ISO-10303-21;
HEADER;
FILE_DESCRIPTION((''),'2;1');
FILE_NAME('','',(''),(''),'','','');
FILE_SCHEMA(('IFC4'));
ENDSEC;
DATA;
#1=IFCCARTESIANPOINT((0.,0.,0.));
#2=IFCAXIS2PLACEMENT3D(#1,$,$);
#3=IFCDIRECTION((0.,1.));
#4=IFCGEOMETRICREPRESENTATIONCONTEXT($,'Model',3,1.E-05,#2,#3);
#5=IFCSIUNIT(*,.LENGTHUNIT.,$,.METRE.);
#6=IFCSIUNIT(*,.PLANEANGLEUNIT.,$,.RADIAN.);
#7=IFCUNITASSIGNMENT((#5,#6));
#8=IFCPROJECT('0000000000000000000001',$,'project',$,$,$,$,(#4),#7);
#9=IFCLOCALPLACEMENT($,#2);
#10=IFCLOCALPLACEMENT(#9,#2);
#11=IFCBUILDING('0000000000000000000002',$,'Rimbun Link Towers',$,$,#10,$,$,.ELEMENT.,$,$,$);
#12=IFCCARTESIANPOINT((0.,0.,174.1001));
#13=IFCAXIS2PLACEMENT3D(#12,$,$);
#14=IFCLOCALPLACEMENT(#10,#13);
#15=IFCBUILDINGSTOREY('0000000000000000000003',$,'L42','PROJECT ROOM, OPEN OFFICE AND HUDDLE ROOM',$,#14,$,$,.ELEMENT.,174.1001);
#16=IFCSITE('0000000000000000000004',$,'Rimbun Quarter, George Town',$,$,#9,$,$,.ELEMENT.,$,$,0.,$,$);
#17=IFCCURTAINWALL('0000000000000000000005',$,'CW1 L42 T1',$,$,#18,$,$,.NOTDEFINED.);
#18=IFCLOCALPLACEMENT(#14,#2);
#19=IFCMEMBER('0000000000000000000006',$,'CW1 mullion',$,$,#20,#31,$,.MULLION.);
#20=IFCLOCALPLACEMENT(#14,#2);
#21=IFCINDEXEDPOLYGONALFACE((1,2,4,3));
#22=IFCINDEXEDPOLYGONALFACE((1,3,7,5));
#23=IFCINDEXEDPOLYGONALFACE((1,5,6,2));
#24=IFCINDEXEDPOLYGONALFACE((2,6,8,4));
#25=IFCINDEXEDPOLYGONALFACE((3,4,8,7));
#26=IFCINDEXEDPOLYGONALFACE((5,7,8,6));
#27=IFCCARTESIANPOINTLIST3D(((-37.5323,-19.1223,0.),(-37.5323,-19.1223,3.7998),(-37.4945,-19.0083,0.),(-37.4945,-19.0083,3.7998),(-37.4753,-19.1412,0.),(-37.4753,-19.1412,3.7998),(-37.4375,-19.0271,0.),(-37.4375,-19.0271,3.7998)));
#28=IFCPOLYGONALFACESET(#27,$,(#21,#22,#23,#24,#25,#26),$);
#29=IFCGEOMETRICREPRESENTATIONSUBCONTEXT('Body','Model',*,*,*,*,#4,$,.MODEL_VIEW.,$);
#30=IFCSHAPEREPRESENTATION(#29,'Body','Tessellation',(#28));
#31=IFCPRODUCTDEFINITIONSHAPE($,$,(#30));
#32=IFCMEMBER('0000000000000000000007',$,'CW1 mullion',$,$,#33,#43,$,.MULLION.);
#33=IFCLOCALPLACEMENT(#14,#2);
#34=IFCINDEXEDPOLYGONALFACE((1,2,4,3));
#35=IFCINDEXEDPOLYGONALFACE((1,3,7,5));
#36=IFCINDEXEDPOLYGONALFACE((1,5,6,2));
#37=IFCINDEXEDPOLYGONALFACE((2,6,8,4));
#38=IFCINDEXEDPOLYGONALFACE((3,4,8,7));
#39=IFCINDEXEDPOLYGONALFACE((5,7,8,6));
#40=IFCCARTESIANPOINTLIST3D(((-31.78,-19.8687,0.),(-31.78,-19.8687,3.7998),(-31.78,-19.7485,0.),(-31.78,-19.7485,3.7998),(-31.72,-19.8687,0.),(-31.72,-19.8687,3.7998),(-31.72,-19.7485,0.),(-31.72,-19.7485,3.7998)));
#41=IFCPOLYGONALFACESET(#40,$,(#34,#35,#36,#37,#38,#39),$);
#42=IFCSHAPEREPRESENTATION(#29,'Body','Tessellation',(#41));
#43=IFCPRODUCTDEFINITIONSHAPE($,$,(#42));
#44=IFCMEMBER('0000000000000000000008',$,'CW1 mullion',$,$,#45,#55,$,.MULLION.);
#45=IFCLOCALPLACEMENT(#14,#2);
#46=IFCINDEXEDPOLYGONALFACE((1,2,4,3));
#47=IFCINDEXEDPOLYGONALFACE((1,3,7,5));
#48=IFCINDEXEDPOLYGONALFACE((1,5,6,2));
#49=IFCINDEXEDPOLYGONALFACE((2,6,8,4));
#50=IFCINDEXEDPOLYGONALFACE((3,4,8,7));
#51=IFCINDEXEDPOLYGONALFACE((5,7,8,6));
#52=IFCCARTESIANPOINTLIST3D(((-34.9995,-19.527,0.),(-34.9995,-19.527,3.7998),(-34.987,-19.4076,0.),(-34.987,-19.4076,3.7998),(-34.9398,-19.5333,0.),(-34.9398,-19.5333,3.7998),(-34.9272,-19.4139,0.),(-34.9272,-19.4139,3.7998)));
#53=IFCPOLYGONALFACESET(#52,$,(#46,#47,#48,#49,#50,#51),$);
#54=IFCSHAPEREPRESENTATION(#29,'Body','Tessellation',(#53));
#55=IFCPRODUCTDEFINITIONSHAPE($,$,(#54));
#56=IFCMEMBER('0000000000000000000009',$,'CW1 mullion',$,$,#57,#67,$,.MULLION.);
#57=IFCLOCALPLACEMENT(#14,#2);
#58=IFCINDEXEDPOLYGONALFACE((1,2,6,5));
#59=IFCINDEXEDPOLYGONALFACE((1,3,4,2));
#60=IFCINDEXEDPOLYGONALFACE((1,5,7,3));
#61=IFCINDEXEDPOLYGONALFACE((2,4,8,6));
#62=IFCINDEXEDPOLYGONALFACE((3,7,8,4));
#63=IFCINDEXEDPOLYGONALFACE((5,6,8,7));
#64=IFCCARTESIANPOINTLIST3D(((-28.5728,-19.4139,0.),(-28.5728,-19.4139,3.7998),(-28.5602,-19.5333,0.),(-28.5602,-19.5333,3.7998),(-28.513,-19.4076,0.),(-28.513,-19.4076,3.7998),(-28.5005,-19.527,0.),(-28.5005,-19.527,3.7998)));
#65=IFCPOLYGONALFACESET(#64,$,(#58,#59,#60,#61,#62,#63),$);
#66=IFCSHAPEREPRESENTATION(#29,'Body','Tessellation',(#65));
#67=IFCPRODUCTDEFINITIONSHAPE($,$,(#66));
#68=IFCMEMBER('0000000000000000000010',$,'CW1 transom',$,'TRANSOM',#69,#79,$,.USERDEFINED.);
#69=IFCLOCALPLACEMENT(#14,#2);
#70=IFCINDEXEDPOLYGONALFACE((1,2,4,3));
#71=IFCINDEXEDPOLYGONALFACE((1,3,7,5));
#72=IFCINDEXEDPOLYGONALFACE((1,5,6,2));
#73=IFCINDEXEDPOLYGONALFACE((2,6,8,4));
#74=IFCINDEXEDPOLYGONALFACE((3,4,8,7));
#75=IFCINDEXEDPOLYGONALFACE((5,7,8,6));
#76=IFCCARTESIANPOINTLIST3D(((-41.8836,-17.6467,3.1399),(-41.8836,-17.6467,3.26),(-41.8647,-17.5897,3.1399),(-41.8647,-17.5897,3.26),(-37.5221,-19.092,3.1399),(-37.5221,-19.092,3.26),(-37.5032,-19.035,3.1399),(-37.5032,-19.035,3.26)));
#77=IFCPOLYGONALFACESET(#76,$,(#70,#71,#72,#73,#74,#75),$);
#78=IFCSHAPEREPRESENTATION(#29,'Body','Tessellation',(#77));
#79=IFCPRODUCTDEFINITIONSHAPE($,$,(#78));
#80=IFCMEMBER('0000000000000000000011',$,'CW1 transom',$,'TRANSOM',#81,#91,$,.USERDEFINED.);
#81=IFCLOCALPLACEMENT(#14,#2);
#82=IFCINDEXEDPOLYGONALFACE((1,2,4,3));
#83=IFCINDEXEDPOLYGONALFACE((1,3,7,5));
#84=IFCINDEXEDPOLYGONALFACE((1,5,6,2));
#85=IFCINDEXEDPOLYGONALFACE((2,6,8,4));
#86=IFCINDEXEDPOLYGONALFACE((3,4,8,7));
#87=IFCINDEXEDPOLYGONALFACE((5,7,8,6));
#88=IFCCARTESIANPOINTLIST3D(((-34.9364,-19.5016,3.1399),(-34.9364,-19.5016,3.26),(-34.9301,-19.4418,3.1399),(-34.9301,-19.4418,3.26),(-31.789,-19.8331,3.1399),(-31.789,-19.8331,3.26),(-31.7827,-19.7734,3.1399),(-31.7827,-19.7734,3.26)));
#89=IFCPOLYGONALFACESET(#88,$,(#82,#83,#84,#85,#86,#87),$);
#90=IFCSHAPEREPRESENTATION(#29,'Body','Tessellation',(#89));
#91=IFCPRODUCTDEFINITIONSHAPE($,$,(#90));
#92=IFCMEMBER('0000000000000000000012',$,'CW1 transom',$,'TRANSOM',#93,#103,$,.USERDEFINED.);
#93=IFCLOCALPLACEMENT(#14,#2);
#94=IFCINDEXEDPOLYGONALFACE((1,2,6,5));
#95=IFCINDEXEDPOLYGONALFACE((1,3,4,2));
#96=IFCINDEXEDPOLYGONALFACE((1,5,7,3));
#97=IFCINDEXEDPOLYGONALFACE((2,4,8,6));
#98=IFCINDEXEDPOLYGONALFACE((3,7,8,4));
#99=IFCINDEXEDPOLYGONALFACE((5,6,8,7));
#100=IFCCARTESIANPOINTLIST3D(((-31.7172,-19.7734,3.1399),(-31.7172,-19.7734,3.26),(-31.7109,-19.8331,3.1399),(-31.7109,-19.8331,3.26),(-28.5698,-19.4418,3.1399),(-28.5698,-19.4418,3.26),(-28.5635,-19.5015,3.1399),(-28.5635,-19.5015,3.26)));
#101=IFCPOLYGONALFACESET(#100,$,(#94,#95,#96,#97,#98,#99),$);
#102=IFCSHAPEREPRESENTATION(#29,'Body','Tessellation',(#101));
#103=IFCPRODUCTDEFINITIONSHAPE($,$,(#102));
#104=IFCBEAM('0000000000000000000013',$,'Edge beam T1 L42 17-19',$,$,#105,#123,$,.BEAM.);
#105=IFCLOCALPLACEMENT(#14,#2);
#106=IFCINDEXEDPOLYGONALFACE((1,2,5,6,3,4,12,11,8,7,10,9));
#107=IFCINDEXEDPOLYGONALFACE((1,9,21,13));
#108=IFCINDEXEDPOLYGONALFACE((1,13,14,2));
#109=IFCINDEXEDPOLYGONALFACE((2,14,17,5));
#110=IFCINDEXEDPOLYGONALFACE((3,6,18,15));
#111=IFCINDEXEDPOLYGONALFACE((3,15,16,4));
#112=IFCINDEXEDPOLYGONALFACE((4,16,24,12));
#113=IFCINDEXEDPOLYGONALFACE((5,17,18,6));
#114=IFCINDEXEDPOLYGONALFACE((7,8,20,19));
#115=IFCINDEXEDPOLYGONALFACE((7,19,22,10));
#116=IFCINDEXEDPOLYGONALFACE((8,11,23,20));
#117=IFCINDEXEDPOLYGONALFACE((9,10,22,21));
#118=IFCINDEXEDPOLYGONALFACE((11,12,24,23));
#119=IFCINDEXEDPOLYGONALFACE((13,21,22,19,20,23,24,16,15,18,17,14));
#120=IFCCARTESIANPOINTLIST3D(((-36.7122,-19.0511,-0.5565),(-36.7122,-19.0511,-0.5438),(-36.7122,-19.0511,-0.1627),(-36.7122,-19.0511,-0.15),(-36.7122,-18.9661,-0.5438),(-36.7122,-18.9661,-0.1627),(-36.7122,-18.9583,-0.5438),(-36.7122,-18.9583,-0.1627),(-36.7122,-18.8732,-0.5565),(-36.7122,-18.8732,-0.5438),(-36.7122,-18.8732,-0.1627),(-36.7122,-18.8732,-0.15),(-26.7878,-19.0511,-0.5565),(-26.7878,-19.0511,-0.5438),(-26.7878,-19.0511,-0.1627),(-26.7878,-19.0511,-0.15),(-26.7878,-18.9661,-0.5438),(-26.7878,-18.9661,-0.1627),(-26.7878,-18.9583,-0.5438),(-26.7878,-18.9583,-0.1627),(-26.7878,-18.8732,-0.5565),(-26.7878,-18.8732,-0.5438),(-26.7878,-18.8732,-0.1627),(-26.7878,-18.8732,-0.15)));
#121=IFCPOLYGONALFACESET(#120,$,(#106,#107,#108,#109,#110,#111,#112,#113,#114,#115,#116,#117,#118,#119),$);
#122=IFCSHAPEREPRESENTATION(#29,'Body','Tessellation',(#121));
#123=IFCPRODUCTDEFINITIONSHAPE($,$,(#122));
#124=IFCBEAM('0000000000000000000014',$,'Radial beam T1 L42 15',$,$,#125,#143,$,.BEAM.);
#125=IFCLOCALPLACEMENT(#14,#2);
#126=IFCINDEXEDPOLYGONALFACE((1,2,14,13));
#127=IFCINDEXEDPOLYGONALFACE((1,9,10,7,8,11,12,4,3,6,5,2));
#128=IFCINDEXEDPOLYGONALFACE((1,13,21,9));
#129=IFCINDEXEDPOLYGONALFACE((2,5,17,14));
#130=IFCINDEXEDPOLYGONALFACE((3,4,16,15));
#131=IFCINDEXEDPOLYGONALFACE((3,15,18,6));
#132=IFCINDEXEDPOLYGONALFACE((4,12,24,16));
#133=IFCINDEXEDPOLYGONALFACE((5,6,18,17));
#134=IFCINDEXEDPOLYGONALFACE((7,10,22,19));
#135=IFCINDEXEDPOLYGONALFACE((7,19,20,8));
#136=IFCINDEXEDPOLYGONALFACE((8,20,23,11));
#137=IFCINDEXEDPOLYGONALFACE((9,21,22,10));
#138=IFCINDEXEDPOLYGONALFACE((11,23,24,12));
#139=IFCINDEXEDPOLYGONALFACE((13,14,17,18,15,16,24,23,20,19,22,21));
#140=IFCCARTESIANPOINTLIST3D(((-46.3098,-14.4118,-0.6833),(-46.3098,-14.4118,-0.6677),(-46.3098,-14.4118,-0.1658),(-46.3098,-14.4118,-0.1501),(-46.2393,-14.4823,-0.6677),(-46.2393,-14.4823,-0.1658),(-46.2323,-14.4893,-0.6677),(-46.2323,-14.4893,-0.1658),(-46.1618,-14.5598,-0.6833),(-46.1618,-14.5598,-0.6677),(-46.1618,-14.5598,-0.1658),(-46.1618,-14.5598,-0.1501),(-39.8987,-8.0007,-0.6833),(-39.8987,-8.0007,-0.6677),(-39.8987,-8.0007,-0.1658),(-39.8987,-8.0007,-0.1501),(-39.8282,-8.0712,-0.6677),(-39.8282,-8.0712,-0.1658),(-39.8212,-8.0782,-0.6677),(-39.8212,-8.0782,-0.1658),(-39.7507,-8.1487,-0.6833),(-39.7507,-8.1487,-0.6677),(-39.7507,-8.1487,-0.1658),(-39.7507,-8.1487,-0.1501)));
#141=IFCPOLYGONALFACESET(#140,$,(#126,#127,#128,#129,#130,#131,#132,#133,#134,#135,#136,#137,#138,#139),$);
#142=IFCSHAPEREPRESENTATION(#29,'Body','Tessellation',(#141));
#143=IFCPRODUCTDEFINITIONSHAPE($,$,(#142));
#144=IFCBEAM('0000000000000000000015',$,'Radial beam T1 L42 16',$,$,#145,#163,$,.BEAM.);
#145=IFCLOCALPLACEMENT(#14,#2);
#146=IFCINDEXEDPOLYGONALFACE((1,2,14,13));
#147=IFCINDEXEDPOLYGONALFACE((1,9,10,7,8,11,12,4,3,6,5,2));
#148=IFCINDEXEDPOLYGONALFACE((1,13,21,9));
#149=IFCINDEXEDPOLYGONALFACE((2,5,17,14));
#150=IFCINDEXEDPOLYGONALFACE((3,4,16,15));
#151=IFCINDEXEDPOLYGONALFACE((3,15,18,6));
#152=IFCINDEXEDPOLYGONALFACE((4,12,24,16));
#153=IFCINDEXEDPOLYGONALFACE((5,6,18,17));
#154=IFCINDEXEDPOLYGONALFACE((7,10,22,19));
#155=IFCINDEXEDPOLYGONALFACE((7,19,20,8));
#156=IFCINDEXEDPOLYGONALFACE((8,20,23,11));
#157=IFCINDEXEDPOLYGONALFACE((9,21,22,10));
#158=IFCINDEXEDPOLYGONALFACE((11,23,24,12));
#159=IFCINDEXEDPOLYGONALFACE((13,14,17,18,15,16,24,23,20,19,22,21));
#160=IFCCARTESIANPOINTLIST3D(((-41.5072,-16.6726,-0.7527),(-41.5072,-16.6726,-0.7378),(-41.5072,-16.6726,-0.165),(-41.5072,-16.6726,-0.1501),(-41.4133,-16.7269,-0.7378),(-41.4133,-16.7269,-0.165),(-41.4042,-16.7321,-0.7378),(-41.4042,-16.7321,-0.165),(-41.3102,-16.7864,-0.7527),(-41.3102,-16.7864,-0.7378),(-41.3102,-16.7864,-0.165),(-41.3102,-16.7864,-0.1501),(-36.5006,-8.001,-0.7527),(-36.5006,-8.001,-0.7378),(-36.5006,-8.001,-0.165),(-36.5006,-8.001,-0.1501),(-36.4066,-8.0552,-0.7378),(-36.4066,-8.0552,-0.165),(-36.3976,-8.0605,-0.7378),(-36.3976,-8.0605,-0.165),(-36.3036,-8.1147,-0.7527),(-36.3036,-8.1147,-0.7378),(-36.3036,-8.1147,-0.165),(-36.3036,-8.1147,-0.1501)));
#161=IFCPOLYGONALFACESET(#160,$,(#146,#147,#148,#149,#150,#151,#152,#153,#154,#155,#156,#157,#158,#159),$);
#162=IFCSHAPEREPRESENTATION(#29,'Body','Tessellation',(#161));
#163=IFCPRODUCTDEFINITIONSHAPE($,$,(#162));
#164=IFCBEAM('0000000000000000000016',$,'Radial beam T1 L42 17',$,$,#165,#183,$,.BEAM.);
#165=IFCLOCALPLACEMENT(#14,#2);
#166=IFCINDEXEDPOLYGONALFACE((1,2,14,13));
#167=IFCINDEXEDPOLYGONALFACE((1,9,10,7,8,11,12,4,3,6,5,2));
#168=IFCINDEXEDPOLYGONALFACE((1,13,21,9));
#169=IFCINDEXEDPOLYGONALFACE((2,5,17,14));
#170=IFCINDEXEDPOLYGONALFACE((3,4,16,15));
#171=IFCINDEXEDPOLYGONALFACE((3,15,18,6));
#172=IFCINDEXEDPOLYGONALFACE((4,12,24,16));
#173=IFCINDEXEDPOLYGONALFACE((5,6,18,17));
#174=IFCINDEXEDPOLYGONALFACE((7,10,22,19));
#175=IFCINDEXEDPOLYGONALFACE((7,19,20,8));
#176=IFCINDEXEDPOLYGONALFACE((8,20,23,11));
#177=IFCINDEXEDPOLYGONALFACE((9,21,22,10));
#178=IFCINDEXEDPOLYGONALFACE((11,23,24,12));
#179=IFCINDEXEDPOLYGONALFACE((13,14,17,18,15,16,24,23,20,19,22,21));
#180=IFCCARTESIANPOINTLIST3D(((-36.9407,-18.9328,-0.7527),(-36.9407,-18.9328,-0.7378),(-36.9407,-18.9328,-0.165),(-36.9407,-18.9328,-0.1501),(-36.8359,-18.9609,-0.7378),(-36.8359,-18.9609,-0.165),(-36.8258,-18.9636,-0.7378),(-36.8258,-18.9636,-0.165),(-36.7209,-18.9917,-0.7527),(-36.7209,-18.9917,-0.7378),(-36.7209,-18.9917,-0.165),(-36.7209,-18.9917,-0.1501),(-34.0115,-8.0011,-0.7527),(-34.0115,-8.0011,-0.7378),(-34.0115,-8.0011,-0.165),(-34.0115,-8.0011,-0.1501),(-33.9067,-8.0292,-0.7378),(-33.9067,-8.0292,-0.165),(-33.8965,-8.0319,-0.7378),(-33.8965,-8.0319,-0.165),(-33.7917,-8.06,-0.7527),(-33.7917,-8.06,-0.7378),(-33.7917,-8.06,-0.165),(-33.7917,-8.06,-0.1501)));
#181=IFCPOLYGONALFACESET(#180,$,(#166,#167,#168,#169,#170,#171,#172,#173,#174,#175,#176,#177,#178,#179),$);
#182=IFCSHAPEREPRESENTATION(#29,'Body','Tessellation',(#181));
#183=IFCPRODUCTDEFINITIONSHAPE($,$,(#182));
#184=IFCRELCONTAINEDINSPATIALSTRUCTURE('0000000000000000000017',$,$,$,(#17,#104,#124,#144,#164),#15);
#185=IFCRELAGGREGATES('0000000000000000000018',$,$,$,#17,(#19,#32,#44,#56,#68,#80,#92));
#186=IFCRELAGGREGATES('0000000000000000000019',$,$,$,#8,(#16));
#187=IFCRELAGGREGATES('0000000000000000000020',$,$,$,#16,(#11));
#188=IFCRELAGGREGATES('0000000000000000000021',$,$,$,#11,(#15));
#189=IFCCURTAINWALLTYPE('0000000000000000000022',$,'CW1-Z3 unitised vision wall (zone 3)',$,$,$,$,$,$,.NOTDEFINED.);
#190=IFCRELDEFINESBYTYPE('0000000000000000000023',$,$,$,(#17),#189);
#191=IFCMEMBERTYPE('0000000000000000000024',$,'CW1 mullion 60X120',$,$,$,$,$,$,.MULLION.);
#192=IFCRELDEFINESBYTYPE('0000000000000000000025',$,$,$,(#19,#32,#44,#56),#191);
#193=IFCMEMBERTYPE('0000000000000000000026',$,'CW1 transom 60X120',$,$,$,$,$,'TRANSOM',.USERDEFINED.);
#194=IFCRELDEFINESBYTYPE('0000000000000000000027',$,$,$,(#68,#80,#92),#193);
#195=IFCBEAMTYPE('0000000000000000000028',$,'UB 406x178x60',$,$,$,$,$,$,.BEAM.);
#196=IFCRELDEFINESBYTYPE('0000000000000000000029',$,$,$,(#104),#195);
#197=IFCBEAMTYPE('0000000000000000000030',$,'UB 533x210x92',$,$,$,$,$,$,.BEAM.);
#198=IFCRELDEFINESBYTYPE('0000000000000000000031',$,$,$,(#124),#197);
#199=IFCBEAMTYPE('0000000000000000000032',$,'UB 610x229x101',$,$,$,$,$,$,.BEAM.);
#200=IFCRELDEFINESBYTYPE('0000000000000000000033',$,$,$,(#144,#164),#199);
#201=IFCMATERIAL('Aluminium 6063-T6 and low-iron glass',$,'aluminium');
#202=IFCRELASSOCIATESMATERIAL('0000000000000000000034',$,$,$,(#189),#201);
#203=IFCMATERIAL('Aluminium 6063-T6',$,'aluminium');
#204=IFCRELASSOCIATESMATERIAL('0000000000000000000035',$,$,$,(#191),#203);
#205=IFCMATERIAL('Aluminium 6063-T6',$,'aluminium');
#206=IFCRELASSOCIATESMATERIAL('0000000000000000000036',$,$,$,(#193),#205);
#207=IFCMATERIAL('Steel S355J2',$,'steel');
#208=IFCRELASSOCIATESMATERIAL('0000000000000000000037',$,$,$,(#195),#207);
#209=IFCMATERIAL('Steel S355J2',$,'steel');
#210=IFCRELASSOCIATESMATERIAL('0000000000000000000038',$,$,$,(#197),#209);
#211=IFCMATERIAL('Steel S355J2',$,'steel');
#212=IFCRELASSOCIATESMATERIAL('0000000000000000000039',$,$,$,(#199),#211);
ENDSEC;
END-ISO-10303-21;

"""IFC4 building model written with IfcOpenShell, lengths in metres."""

from ifc_helpers import new_model, si_unit, direction, frame, origin, origin_2d, place, context, subcontext, project, spatial, rectangle, i_section, extrude, material, material_profile, profile_set, type_object, element, aggregate, save


model = new_model("IFC4")

# Units and contexts
model_context = context("Model", 3, precision=1e-05, world=origin(), true_north=direction((0.0, 1.0)))
body_context = subcontext(model_context, "Body", "Model", "MODEL_VIEW")
ifc_project = project(units=[si_unit("LENGTHUNIT", "METRE"), si_unit("PLANEANGLEUNIT", "RADIAN")], contexts=[model_context])

# Site, building, storey
site_placement = place(None, origin())
site = spatial("IfcSite", under=ifc_project, at=site_placement, Name="Rimbun Quarter, George Town", CompositionType="ELEMENT", RefElevation=0.0)
building_placement = place(site_placement, origin())
building = spatial("IfcBuilding", under=site, at=building_placement, Name="Rimbun Link Towers", CompositionType="ELEMENT")
storey_placement = place(building_placement, frame((0.0, 0.0, 174.1001)))
storey = spatial("IfcBuildingStorey", under=building, at=storey_placement, Name="L42", Description="PROJECT ROOM, OPEN OFFICE AND HUDDLE ROOM", CompositionType="ELEMENT", Elevation=174.1001)

# Curtain wall, members
ifc_material_1 = material(Name="Aluminium 6063-T6 and low-iron glass", Category="aluminium")
curtain_wall_type = type_object("IfcCurtainWallType", Name="CW1-Z3 unitised vision wall (zone 3)", PredefinedType="NOTDEFINED", material=ifc_material_1)
curtain_wall_placement = place(storey_placement, origin())
curtain_wall = element("IfcCurtainWall", 1, at=curtain_wall_placement, inside=storey, type_object=curtain_wall_type, Name="CW1 L42 T1", PredefinedType="NOTDEFINED")
ifc_material_2 = material(Name="Aluminium 6063-T6", Category="aluminium")
ifc_material_profile_1 = material_profile(ifc_material_2, rectangle(XDim=0.1201, YDim=0.0601, at=origin_2d()), Name="MULLION 60X120")
ifc_profile_set_1 = profile_set([ifc_material_profile_1], Name="Aluminium 6063-T6")
member_type_1 = type_object("IfcMemberType", Name="CW1 mullion 60X120", PredefinedType="MULLION", material=ifc_profile_set_1)
member_1_placement = place(storey_placement, frame((-37.4849, -19.0747, 0.0), z_axis=(0.0, 0.0, 1.0), x_axis=(-0.31456, -0.949237, 0.0)))
member_1 = element("IfcMember", 2, at=member_1_placement, type_object=member_type_1, Name="CW1 mullion", PredefinedType="MULLION", context=body_context, shape_type="SweptSolid", body=[
    extrude(rectangle(XDim=0.1201, YDim=0.0601, at=origin_2d()), origin(), (0.0, 0.0, 1.0), 3.7998),
])
member_2_placement = place(storey_placement, frame((-31.75, -19.8086, 0.0), z_axis=(0.0, 0.0, 1.0), x_axis=(0.0, -1.0, 0.0)))
member_2 = element("IfcMember", 3, at=member_2_placement, type_object=member_type_1, Name="CW1 mullion", PredefinedType="MULLION", context=body_context, shape_type="SweptSolid", body=[
    extrude(rectangle(XDim=0.1201, YDim=0.0601, at=origin_2d()), origin(), (0.0, 0.0, 1.0), 3.7998),
])
member_3_placement = place(storey_placement, frame((-34.9634, -19.4705, 0.0), z_axis=(0.0, 0.0, 1.0), x_axis=(-0.104737, -0.9945, 0.0)))
member_3 = element("IfcMember", 4, at=member_3_placement, type_object=member_type_1, Name="CW1 mullion", PredefinedType="MULLION", context=body_context, shape_type="SweptSolid", body=[
    extrude(rectangle(XDim=0.1201, YDim=0.0601, at=origin_2d()), origin(), (0.0, 0.0, 1.0), 3.7998),
])
member_4_placement = place(storey_placement, frame((-28.5366, -19.4705, 0.0), z_axis=(0.0, 0.0, 1.0), x_axis=(0.104737, -0.9945, 0.0)))
member_4 = element("IfcMember", 5, at=member_4_placement, type_object=member_type_1, Name="CW1 mullion", PredefinedType="MULLION", context=body_context, shape_type="SweptSolid", body=[
    extrude(rectangle(XDim=0.1201, YDim=0.0601, at=origin_2d()), origin(), (0.0, 0.0, 1.0), 3.7998),
])
ifc_material_3 = material(Name="Aluminium 6063-T6", Category="aluminium")
ifc_material_profile_2 = material_profile(ifc_material_3, rectangle(XDim=0.0601, YDim=0.1201, at=origin_2d()), Name="TRANSOM 60X120")
ifc_profile_set_2 = profile_set([ifc_material_profile_2], Name="Aluminium 6063-T6")
member_type_2 = type_object("IfcMemberType", Name="CW1 transom 60X120", ElementType="TRANSOM", PredefinedType="USERDEFINED", material=ifc_profile_set_2)
member_5_placement = place(storey_placement, frame((-37.5127, -19.0635, 3.2), z_axis=(-0.94924, 0.314554, 0.0), x_axis=(-0.314554, -0.94924, 0.0)))
member_5 = element("IfcMember", 6, at=member_5_placement, type_object=member_type_2, Name="CW1 transom", ObjectType="TRANSOM", PredefinedType="USERDEFINED", context=body_context, shape_type="SweptSolid", body=[
    extrude(rectangle(XDim=0.0601, YDim=0.1201, at=origin_2d()), origin(), (0.0, 0.0, 1.0), 4.5947),
])
member_6_placement = place(storey_placement, frame((-31.7859, -19.8032, 3.2), z_axis=(-0.994498, 0.104757, 0.0), x_axis=(-0.104757, -0.994498, 0.0)))
member_6 = element("IfcMember", 7, at=member_6_placement, type_object=member_type_2, Name="CW1 transom", ObjectType="TRANSOM", PredefinedType="USERDEFINED", context=body_context, shape_type="SweptSolid", body=[
    extrude(rectangle(XDim=0.0601, YDim=0.1201, at=origin_2d()), origin(), (0.0, 0.0, 1.0), 3.1648),
])
member_7_placement = place(storey_placement, frame((-28.5667, -19.4717, 3.2), z_axis=(-0.994498, -0.104757, 0.0), x_axis=(0.104757, -0.994498, 0.0)))
member_7 = element("IfcMember", 8, at=member_7_placement, type_object=member_type_2, Name="CW1 transom", ObjectType="TRANSOM", PredefinedType="USERDEFINED", context=body_context, shape_type="SweptSolid", body=[
    extrude(rectangle(XDim=0.0601, YDim=0.1201, at=origin_2d()), origin(), (0.0, 0.0, 1.0), 3.1648),
])

# Beams
ifc_material_4 = material(Name="Steel S355J2", Category="steel")
ifc_material_profile_3 = material_profile(ifc_material_4, i_section(OverallWidth=0.178, OverallDepth=0.4065, WebThickness=0.0078, FlangeThickness=0.0127, at=origin_2d()), Name="UB 406x178x60")
ifc_profile_set_3 = profile_set([ifc_material_profile_3], Name="Steel S355J2")
beam_type_1 = type_object("IfcBeamType", Name="UB 406x178x60", PredefinedType="BEAM", material=ifc_profile_set_3)
beam_1_placement = place(storey_placement, frame((-36.7122, -18.9622, -0.3533), z_axis=(1.0, 0.0, 0.0), x_axis=(0.0, 1.0, 0.0)))
element("IfcBeam", 9, at=beam_1_placement, inside=storey, type_object=beam_type_1, Name="Edge beam T1 L42 17-19", PredefinedType="BEAM", context=body_context, shape_type="SweptSolid", body=[
    extrude(i_section(OverallWidth=0.178, OverallDepth=0.4065, WebThickness=0.0078, FlangeThickness=0.0127, at=origin_2d()), origin(), (0.0, 0.0, 1.0), 9.9243),
])
ifc_material_5 = material(Name="Steel S355J2", Category="steel")
ifc_material_profile_4 = material_profile(ifc_material_5, i_section(OverallWidth=0.2092, OverallDepth=0.5332, WebThickness=0.01, FlangeThickness=0.0156, at=origin_2d()), Name="UB 533x210x92")
ifc_profile_set_4 = profile_set([ifc_material_profile_4], Name="Steel S355J2")
beam_type_2 = type_object("IfcBeamType", Name="UB 533x210x92", PredefinedType="BEAM", material=ifc_profile_set_4)
beam_2_placement = place(storey_placement, frame((-39.8247, -8.0747, -0.4167), z_axis=(-0.707107, -0.707107, 0.0), x_axis=(0.707107, -0.707107, 0.0)))
element("IfcBeam", 10, at=beam_2_placement, inside=storey, type_object=beam_type_2, Name="Radial beam T1 L42 15", PredefinedType="BEAM", context=body_context, shape_type="SweptSolid", body=[
    extrude(i_section(OverallWidth=0.2092, OverallDepth=0.5332, WebThickness=0.01, FlangeThickness=0.0156, at=origin_2d()), origin(), (0.0, 0.0, 1.0), 9.0667),
])
ifc_material_6 = material(Name="Steel S355J2", Category="steel")
ifc_material_profile_5 = material_profile(ifc_material_6, i_section(OverallWidth=0.2275, OverallDepth=0.6025, WebThickness=0.0105, FlangeThickness=0.0149, at=origin_2d()), Name="UB 610x229x101")
ifc_profile_set_5 = profile_set([ifc_material_profile_5], Name="Steel S355J2")
beam_type_3 = type_object("IfcBeamType", Name="UB 610x229x101", PredefinedType="BEAM", material=ifc_profile_set_5)
beam_3_placement = place(storey_placement, frame((-36.4021, -8.0579, -0.4514), z_axis=(-0.500002, -0.866024, 0.0), x_axis=(0.866024, -0.500002, 0.0)))
element("IfcBeam", 11, at=beam_3_placement, inside=storey, type_object=beam_type_3, Name="Radial beam T1 L42 16", PredefinedType="BEAM", context=body_context, shape_type="SweptSolid", body=[
    extrude(i_section(OverallWidth=0.2275, OverallDepth=0.6025, WebThickness=0.0105, FlangeThickness=0.0149, at=origin_2d()), origin(), (0.0, 0.0, 1.0), 10.0132),
])
beam_4_placement = place(storey_placement, frame((-33.9016, -8.0305, -0.4514), z_axis=(-0.258825, -0.965924, 0.0), x_axis=(0.965924, -0.258825, 0.0)))
element("IfcBeam", 12, at=beam_4_placement, inside=storey, type_object=beam_type_3, Name="Radial beam T1 L42 17", PredefinedType="BEAM", context=body_context, shape_type="SweptSolid", body=[
    extrude(i_section(OverallWidth=0.2275, OverallDepth=0.6025, WebThickness=0.0105, FlangeThickness=0.0149, at=origin_2d()), origin(), (0.0, 0.0, 1.0), 11.3174),
])

aggregate(curtain_wall, [member_1, member_2, member_3, member_4, member_5, member_6, member_7])

save(model, "model.ifc")
